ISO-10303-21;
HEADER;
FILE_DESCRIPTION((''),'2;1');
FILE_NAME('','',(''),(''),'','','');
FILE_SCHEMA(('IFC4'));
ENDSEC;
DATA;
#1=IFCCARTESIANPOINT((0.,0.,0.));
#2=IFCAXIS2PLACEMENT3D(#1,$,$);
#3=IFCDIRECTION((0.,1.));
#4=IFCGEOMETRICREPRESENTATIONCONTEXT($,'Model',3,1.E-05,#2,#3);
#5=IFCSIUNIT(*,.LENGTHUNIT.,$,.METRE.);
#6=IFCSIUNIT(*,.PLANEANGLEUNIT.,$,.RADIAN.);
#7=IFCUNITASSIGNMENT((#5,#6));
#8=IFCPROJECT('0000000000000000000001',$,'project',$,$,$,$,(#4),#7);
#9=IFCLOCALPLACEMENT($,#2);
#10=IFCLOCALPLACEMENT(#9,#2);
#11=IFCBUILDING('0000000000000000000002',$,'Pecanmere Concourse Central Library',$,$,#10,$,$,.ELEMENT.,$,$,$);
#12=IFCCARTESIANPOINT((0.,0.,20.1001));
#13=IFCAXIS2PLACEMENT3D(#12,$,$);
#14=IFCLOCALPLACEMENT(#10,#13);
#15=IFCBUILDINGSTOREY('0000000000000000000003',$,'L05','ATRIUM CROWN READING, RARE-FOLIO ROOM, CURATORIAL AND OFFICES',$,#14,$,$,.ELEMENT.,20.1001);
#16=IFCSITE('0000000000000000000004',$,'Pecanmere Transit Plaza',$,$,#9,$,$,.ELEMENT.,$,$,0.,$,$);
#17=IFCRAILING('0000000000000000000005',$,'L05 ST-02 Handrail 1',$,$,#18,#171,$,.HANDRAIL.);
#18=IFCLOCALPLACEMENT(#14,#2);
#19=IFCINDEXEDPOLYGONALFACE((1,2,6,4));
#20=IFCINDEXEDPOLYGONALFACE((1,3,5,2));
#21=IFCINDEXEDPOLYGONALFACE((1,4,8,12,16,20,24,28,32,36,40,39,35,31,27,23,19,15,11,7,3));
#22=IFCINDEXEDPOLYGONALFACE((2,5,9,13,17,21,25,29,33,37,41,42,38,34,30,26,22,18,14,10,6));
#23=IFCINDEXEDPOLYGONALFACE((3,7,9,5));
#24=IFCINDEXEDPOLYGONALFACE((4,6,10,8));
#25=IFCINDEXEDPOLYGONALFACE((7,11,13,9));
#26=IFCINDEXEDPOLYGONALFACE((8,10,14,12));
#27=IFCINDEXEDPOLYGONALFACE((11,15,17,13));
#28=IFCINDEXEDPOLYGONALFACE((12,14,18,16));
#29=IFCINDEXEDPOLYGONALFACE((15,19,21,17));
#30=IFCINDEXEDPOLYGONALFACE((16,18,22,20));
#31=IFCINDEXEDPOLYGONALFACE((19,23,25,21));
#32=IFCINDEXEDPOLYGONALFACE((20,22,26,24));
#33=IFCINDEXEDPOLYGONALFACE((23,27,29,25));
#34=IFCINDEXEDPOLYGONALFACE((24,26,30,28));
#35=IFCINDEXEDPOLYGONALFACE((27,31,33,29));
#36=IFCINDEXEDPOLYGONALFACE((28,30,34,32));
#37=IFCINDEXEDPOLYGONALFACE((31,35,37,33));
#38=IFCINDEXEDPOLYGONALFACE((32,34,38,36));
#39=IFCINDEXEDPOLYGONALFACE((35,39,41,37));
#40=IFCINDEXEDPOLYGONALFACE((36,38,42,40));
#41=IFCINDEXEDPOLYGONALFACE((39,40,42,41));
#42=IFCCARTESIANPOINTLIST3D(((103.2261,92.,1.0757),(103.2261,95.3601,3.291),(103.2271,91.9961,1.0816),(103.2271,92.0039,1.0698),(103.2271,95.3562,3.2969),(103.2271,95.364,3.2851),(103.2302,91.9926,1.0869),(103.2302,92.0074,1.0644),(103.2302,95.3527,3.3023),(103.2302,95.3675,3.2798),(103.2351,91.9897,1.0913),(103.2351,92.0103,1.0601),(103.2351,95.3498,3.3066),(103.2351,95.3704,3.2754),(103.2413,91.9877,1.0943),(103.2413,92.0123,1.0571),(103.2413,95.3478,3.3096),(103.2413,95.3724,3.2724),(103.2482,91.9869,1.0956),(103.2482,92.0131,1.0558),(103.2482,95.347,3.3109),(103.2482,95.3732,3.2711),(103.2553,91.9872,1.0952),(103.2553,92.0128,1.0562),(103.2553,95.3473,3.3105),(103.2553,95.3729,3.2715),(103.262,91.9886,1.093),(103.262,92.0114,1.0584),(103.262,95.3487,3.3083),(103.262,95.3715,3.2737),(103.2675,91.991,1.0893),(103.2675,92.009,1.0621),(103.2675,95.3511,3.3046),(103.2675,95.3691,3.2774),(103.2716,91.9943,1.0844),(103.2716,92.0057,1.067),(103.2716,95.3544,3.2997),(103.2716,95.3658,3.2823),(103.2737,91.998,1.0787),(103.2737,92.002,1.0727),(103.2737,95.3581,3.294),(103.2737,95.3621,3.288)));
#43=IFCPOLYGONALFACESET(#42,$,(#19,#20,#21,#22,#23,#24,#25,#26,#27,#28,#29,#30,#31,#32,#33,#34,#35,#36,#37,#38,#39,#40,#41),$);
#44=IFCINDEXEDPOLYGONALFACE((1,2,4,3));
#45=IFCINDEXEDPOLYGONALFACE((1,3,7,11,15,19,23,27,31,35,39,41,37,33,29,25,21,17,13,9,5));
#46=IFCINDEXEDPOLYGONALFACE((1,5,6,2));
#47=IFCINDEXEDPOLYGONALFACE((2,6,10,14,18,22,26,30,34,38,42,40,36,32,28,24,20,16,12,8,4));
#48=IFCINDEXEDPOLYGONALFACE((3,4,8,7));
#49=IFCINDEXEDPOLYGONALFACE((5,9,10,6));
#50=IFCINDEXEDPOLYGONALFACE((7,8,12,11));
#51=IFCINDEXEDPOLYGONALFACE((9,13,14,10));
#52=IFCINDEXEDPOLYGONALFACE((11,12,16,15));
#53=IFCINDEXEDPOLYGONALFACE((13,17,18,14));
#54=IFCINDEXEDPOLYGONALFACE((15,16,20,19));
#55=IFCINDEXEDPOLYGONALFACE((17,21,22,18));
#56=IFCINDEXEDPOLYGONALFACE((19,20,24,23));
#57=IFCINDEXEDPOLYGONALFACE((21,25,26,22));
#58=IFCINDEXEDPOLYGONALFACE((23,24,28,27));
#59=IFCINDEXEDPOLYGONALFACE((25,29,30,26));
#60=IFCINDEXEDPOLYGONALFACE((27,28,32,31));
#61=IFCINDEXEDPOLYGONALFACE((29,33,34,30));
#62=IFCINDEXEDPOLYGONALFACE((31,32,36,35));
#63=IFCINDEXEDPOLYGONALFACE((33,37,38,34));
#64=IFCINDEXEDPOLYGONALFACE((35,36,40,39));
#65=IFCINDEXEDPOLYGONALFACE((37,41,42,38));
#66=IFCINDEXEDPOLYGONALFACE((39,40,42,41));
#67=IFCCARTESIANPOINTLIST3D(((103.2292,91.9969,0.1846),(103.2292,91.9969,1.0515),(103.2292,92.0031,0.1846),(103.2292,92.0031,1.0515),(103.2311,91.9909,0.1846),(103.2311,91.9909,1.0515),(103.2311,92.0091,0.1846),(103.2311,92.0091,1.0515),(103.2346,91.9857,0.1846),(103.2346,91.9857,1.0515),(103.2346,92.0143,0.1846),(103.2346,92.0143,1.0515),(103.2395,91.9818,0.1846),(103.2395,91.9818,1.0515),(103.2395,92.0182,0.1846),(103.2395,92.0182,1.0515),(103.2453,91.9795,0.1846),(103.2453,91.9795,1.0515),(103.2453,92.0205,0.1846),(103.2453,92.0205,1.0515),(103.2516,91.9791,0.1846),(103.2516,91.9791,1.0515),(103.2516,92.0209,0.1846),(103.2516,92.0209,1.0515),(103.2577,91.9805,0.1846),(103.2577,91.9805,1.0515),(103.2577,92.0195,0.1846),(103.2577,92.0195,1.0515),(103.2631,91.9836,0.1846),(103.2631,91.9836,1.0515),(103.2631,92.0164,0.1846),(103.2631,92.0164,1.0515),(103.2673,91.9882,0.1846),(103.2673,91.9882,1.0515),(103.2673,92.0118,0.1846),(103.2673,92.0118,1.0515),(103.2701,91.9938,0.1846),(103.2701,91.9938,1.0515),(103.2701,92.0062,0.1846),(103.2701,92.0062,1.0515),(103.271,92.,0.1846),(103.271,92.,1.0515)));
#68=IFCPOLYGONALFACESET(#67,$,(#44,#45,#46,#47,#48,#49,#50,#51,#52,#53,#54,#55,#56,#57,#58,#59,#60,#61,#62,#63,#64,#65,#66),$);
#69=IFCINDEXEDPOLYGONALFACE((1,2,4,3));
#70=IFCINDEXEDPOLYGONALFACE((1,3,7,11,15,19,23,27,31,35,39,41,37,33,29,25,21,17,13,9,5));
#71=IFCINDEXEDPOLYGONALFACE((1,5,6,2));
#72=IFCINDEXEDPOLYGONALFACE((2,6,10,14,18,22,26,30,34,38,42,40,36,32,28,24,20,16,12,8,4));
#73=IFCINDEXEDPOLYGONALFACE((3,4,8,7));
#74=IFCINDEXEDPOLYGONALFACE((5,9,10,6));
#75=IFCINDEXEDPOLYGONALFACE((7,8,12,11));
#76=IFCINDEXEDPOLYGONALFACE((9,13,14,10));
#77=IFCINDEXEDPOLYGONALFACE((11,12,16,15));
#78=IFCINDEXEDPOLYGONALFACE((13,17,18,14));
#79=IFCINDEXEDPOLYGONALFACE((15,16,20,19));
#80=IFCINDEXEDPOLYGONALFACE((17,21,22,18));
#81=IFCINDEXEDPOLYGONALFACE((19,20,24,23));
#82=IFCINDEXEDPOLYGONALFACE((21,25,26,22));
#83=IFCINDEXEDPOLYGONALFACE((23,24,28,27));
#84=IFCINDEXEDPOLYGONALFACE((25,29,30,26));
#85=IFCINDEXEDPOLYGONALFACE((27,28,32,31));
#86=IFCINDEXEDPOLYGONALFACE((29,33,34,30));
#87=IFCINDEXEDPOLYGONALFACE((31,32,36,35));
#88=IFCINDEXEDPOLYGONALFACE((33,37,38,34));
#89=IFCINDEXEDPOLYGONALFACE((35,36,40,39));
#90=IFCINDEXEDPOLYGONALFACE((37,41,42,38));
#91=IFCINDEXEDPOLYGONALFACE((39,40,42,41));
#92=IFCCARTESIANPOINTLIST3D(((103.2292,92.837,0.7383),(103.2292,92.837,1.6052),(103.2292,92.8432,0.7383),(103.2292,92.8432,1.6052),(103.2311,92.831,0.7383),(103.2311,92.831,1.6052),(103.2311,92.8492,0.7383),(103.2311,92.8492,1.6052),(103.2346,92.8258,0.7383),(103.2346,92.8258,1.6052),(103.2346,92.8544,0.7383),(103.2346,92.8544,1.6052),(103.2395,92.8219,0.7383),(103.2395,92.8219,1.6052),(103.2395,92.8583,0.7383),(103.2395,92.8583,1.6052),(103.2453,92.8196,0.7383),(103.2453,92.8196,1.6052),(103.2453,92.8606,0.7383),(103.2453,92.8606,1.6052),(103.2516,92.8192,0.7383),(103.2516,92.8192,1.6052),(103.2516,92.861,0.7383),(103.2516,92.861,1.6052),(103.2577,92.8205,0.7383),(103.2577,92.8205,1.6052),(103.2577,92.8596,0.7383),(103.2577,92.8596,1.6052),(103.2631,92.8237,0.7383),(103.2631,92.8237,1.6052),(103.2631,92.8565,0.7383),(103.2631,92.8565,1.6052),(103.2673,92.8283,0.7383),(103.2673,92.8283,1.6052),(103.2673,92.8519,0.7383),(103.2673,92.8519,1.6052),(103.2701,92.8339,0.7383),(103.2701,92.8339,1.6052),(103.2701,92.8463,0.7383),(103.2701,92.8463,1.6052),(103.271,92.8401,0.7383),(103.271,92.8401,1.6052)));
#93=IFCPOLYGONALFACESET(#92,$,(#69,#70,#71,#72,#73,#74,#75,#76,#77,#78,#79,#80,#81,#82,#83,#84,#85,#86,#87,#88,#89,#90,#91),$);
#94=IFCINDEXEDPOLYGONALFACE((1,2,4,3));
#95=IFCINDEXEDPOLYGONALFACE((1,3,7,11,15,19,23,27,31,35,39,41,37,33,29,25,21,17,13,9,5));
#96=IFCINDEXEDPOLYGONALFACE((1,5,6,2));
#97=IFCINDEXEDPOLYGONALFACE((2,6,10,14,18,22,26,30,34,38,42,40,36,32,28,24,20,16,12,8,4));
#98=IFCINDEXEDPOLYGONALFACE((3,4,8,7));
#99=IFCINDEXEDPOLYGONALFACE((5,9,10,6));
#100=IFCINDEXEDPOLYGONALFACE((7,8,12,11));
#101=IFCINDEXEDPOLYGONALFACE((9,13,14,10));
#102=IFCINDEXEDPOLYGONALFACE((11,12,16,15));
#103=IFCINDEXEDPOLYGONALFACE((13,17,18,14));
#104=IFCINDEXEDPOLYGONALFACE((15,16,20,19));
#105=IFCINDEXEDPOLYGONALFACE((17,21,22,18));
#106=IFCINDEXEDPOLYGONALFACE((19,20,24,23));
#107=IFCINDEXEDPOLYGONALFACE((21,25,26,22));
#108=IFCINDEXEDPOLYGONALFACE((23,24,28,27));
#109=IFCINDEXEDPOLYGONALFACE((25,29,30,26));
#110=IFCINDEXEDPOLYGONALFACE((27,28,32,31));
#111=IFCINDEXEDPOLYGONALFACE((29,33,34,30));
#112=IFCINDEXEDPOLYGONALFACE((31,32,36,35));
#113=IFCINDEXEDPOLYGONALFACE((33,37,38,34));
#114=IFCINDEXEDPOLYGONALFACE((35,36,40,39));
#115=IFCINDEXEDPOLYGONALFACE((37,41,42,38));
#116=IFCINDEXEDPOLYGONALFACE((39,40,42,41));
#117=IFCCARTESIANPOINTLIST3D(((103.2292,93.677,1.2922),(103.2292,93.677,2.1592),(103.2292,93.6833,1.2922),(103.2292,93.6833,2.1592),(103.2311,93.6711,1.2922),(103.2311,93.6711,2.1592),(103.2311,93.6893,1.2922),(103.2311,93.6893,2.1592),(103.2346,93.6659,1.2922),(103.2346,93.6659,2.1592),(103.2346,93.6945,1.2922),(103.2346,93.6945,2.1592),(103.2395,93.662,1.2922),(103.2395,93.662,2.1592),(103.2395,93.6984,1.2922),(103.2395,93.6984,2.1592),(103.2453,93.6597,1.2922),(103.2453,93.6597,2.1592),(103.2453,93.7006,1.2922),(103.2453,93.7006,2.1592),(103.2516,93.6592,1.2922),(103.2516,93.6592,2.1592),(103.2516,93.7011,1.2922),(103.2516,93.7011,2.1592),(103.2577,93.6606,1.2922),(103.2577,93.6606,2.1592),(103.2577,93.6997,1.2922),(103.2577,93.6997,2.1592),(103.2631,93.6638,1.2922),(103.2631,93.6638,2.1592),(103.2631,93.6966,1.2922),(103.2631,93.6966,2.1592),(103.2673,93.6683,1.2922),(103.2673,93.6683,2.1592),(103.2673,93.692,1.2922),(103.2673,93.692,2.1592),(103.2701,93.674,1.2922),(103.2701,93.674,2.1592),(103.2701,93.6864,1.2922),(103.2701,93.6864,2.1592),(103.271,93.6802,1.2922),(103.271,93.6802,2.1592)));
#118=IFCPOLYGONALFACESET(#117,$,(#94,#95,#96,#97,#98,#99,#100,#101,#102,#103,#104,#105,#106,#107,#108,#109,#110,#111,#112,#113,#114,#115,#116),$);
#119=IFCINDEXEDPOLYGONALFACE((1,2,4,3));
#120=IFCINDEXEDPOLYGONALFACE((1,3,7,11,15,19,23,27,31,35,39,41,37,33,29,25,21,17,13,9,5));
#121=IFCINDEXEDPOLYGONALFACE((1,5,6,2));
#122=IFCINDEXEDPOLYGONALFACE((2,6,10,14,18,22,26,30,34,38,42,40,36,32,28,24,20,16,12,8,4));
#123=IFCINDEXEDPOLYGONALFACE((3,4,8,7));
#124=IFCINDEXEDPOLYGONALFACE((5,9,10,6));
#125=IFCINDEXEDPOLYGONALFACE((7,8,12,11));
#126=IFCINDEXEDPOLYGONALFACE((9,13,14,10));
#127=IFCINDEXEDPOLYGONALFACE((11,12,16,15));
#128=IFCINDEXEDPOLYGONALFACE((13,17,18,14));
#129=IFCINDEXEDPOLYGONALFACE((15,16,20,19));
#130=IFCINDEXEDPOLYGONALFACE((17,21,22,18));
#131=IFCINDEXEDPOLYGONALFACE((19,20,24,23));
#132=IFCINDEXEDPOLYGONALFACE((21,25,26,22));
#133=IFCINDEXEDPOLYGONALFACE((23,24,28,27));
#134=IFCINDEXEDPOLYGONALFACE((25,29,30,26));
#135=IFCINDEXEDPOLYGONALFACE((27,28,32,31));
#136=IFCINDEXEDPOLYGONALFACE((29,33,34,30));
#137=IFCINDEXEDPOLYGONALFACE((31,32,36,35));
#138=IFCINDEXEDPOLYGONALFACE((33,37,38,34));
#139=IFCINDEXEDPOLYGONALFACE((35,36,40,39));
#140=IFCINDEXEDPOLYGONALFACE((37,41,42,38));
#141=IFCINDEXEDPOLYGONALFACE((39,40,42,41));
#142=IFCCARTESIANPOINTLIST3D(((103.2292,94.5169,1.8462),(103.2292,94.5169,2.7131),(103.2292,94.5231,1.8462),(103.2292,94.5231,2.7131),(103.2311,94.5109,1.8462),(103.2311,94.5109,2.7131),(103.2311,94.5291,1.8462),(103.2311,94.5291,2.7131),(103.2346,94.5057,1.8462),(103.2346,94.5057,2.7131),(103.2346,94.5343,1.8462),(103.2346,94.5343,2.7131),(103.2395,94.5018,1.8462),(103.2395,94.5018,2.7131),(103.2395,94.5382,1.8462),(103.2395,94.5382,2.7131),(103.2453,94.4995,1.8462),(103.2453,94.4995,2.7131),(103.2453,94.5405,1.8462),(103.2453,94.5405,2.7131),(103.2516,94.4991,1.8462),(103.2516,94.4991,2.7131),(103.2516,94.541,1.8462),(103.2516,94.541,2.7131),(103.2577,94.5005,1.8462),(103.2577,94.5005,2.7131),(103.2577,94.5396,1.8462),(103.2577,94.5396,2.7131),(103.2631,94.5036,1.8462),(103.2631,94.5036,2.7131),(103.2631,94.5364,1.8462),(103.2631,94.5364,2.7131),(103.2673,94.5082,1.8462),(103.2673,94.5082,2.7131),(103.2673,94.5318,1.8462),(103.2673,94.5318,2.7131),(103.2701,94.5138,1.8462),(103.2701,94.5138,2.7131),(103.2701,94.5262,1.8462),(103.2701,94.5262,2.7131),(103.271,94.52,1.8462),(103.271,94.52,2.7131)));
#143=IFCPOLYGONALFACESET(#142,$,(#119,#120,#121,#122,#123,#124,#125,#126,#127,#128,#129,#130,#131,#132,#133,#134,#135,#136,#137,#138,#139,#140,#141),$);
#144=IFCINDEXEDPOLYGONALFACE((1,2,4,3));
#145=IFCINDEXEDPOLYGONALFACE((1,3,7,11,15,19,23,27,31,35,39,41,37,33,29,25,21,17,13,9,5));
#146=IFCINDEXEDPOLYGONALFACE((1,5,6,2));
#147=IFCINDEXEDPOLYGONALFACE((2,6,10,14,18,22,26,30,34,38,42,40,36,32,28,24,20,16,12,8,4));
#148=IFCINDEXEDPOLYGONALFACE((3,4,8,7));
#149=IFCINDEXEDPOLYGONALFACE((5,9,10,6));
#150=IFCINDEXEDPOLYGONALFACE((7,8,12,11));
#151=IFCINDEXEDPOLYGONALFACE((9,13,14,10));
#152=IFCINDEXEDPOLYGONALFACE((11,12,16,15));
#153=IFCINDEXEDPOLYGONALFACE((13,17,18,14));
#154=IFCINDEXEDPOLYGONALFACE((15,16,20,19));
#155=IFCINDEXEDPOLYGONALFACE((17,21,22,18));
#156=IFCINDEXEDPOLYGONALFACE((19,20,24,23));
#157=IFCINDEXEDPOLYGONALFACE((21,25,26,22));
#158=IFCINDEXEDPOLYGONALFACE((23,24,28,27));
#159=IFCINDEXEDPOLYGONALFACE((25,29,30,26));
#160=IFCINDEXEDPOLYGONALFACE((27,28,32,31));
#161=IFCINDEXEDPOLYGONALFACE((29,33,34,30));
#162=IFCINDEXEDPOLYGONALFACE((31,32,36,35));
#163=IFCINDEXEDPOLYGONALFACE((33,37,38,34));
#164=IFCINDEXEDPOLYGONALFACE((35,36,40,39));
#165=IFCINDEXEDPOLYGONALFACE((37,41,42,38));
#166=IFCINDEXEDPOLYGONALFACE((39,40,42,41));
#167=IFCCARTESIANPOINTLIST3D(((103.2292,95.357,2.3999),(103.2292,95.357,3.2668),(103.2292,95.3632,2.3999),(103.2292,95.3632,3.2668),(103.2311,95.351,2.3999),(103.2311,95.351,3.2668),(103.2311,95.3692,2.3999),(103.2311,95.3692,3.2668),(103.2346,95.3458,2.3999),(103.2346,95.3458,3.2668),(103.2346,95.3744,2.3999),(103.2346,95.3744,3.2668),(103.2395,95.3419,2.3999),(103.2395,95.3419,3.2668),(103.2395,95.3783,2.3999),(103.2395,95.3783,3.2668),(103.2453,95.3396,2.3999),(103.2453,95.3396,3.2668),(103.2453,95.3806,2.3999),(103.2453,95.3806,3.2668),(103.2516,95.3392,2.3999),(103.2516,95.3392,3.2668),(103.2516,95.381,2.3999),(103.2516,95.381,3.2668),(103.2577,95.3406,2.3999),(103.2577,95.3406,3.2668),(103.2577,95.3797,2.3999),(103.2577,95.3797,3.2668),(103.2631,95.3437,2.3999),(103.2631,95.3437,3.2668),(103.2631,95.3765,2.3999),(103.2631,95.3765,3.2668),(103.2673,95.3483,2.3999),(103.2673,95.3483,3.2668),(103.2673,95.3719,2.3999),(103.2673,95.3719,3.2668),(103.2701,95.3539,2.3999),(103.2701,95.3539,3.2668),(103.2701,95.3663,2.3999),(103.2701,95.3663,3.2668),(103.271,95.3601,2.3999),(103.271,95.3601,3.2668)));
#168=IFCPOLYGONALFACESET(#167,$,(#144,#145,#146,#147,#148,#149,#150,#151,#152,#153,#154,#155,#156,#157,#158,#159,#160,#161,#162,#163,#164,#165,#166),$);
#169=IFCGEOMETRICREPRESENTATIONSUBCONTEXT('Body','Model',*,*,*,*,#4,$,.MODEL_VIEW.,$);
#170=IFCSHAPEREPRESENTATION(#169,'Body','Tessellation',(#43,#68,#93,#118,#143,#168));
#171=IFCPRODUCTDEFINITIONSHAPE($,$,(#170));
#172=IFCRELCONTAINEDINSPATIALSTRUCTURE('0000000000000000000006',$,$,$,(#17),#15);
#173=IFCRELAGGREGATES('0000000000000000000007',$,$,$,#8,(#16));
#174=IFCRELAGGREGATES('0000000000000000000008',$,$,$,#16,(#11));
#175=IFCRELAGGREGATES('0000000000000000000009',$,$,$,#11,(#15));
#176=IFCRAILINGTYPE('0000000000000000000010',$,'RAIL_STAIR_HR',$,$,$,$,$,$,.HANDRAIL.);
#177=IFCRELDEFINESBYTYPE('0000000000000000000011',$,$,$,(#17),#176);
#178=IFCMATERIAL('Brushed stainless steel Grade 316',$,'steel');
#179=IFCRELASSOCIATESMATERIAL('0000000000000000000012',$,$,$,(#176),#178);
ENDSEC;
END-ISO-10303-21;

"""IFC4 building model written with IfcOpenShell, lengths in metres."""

from ifc_helpers import new_model, si_unit, direction, frame, origin, origin_2d, place, context, subcontext, project, spatial, circle, extrude, material, type_object, element, save


model = new_model("IFC4")

# Units and contexts
model_context = context("Model", 3, precision=1e-05, world=origin(), true_north=direction((0.0, 1.0)))
body_context = subcontext(model_context, "Body", "Model", "MODEL_VIEW")
ifc_project = project(units=[si_unit("LENGTHUNIT", "METRE"), si_unit("PLANEANGLEUNIT", "RADIAN")], contexts=[model_context])

# Site, building, storey
site_placement = place(None, origin())
site = spatial("IfcSite", under=ifc_project, at=site_placement, Name="Pecanmere Transit Plaza", CompositionType="ELEMENT", RefElevation=0.0)
building_placement = place(site_placement, origin())
building = spatial("IfcBuilding", under=site, at=building_placement, Name="Pecanmere Concourse Central Library", CompositionType="ELEMENT")
storey_placement = place(building_placement, frame((0.0, 0.0, 20.1001)))
storey = spatial("IfcBuildingStorey", under=building, at=storey_placement, Name="L05", Description="ATRIUM CROWN READING, RARE-FOLIO ROOM, CURATORIAL AND OFFICES", CompositionType="ELEMENT", Elevation=20.1001)

# Railing
ifc_material_1 = material(Name="Brushed stainless steel Grade 316", Category="steel")
railing_type_1 = type_object("IfcRailingType", Name="RAIL_STAIR_HR", PredefinedType="HANDRAIL", material=ifc_material_1)
railing_1_placement = place(storey_placement, frame((103.25, 92.0, 0.1846)))
element("IfcRailing", 1, at=railing_1_placement, inside=storey, type_object=railing_type_1, Name="L05 ST-02 Handrail 1", PredefinedType="HANDRAIL", context=body_context, shape_type="SweptSolid", body=[
    extrude(circle(Radius=0.0239, at=origin_2d()), frame((0.0, 0.0, 0.8911), z_axis=(0.0, 0.834876, 0.550437), x_axis=(-1.0, 0.0, 0.0)), (0.0, 0.0, 1.0), 4.0247),
    extrude(circle(Radius=0.021, at=origin_2d()), origin(), (0.0, 0.0, 1.0), 0.8669),
    extrude(circle(Radius=0.021, at=origin_2d()), frame((0.0, 0.8401, 0.5537)), (0.0, 0.0, 1.0), 0.8669),
    extrude(circle(Radius=0.021, at=origin_2d()), frame((0.0, 1.6802, 1.1077)), (0.0, 0.0, 1.0), 0.8669),
    extrude(circle(Radius=0.021, at=origin_2d()), frame((0.0, 2.52, 1.6616)), (0.0, 0.0, 1.0), 0.8669),
    extrude(circle(Radius=0.021, at=origin_2d()), frame((0.0, 3.3601, 2.2153)), (0.0, 0.0, 1.0), 0.8669),
])

save(model, "model.ifc")
